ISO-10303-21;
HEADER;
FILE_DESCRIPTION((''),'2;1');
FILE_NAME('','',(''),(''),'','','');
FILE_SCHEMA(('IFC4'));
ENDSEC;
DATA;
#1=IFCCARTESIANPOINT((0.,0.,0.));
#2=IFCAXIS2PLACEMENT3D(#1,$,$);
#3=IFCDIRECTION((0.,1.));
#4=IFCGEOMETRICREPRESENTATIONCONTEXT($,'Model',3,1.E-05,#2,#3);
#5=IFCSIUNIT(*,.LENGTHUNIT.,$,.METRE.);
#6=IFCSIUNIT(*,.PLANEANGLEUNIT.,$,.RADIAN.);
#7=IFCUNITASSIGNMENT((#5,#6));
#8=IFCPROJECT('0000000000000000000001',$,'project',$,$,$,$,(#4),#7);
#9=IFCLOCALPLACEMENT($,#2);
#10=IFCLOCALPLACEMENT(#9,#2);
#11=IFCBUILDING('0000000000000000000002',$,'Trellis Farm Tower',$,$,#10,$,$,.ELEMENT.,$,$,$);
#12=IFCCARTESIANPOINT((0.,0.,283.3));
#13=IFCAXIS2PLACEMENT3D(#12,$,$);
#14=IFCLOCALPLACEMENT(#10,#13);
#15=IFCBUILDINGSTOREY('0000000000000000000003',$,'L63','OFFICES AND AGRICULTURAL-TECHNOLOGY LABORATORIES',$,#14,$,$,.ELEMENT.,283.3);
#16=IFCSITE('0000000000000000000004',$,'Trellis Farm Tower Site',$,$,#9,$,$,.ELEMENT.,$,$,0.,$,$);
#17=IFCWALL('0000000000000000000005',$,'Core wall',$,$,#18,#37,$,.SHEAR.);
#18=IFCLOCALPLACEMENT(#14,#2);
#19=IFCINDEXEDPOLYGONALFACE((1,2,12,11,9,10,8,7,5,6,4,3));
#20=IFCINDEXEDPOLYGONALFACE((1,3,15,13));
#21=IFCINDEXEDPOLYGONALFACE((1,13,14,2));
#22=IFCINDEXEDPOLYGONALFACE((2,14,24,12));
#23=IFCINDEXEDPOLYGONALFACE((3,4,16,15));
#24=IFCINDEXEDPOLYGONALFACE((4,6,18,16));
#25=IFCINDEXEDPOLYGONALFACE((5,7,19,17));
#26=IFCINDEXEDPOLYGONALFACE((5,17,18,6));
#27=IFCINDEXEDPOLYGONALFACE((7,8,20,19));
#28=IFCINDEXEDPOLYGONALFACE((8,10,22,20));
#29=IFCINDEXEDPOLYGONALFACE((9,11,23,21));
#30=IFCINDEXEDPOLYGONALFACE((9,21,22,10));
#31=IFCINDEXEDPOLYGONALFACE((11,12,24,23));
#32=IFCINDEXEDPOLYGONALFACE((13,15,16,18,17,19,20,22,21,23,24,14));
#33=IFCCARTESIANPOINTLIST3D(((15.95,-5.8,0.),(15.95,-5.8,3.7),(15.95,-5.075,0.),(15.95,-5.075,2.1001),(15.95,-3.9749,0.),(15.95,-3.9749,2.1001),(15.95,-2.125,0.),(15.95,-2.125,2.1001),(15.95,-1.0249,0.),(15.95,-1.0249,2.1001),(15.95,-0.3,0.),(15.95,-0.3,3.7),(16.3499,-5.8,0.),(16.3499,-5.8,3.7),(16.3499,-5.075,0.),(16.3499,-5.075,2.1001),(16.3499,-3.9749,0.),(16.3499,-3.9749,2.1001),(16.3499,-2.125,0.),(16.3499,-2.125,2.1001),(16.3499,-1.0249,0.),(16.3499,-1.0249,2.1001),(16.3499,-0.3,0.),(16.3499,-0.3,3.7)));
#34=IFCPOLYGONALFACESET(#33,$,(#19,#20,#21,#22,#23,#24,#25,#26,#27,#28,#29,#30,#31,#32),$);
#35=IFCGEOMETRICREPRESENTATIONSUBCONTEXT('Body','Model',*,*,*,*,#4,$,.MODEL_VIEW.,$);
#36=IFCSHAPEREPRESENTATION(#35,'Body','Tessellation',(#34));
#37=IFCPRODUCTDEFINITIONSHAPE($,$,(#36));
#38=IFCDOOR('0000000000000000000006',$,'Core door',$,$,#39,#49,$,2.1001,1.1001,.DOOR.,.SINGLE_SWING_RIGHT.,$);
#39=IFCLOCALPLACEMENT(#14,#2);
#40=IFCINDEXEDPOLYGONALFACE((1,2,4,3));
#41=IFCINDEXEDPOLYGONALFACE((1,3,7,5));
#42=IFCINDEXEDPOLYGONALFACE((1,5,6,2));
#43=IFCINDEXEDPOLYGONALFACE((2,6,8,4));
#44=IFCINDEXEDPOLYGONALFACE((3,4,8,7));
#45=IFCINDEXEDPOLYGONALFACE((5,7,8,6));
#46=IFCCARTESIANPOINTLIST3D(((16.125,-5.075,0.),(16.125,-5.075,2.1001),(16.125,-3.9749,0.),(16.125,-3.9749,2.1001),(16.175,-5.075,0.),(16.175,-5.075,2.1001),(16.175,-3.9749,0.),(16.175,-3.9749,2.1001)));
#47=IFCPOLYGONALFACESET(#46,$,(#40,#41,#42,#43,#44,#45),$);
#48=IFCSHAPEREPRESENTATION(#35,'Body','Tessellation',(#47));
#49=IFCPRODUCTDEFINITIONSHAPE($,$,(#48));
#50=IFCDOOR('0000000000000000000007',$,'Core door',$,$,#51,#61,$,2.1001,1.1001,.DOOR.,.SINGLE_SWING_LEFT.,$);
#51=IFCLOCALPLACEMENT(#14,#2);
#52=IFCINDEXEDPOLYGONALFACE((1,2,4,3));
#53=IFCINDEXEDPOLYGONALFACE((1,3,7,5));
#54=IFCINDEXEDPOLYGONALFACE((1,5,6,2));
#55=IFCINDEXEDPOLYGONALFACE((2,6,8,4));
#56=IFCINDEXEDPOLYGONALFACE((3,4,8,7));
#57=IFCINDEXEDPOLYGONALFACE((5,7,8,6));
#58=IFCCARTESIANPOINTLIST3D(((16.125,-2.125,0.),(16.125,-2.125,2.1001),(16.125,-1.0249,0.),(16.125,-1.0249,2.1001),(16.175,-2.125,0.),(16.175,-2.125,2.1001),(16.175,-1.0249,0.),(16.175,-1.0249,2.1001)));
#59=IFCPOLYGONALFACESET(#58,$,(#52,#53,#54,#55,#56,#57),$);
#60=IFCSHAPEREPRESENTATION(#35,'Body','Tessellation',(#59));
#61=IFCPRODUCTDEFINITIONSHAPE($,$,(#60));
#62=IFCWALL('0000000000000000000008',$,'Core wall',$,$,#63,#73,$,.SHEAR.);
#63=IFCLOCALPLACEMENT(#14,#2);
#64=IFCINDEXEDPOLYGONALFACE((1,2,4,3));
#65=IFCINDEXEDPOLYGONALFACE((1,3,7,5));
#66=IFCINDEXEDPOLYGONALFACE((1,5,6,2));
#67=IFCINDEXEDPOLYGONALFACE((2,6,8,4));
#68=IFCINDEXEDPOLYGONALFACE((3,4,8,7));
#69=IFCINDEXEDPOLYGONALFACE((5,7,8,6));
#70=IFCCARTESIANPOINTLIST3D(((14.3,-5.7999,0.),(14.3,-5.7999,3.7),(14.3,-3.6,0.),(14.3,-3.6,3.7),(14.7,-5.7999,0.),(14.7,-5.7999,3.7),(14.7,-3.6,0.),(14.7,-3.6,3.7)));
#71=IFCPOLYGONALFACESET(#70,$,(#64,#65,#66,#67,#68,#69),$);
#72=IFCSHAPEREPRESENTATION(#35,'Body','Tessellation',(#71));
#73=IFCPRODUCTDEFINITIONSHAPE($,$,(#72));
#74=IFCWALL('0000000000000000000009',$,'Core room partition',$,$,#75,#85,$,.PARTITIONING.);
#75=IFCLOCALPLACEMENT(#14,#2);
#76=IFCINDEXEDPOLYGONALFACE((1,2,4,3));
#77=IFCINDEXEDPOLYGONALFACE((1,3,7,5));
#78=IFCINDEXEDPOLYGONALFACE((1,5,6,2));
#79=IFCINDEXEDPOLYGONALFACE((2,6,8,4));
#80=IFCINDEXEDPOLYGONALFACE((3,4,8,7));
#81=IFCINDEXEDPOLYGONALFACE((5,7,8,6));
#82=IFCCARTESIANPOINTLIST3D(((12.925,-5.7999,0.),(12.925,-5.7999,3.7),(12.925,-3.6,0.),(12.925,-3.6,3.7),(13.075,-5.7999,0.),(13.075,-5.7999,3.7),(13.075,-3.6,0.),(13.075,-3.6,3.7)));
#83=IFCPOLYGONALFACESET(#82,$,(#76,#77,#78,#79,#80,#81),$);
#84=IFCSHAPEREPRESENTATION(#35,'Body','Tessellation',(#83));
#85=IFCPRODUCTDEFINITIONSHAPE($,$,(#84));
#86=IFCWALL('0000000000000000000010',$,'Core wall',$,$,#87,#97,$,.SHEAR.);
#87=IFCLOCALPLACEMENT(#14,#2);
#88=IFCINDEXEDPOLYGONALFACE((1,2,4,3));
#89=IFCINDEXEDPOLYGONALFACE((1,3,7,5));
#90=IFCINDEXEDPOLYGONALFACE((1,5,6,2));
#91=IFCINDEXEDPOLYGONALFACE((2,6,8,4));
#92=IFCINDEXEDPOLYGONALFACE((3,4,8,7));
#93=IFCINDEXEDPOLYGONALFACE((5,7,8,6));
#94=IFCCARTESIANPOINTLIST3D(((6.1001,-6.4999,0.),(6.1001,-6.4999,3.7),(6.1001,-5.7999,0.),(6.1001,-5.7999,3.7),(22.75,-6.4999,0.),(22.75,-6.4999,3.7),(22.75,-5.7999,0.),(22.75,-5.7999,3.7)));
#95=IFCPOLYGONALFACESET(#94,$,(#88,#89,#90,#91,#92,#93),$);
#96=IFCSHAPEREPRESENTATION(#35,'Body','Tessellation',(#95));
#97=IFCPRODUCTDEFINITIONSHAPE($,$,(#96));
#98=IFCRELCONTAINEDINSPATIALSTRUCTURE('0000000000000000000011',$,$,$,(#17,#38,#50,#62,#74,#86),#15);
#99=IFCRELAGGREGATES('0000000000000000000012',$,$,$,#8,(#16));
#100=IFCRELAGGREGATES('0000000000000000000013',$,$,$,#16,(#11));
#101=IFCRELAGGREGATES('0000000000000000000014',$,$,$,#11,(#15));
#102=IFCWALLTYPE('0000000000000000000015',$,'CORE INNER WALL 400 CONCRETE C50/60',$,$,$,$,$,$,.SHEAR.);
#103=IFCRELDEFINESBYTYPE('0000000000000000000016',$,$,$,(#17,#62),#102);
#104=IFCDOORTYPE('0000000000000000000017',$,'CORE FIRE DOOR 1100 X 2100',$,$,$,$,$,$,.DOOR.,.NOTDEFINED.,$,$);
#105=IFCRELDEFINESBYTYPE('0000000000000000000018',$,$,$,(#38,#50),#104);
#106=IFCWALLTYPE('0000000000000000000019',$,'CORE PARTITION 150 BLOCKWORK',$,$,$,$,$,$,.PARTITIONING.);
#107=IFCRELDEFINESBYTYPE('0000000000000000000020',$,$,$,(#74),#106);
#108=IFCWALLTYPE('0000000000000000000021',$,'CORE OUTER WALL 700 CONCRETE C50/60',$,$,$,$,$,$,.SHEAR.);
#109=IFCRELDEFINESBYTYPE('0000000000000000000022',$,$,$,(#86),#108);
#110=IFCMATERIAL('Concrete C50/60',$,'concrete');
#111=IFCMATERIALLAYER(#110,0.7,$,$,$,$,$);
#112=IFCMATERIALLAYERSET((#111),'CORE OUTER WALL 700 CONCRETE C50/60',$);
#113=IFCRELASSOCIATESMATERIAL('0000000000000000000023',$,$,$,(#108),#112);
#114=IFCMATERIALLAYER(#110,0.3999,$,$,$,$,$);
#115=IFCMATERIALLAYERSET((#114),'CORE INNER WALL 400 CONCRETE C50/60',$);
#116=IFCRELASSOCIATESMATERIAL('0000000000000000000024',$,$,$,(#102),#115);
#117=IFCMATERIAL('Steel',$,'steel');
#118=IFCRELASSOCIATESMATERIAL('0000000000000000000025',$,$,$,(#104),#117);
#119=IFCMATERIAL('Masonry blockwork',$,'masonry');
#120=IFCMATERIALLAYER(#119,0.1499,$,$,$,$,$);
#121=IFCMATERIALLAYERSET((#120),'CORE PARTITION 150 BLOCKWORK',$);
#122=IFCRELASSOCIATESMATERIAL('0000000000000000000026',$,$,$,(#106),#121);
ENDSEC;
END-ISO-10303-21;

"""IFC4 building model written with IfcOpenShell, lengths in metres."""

from ifc_helpers import new_model, si_unit, direction, frame, frame_2d, origin, place, context, subcontext, project, spatial, rectangle, extrude, source, transform, mapped, material, layer, layer_set, type_object, element, fill, save


model = new_model("IFC4")

# Units and contexts
model_context = context("Model", 3, precision=1e-05, world=origin(), true_north=direction((0.0, 1.0)))
body_context = subcontext(model_context, "Body", "Model", "MODEL_VIEW")
ifc_project = project(units=[si_unit("LENGTHUNIT", "METRE"), si_unit("PLANEANGLEUNIT", "RADIAN")], contexts=[model_context])

# Site, building, storey
site_placement = place(None, origin())
site = spatial("IfcSite", under=ifc_project, at=site_placement, Name="Trellis Farm Tower Site", CompositionType="ELEMENT", RefElevation=0.0)
building_placement = place(site_placement, origin())
building = spatial("IfcBuilding", under=site, at=building_placement, Name="Trellis Farm Tower", CompositionType="ELEMENT")
storey_placement = place(building_placement, frame((0.0, 0.0, 283.3)))
storey = spatial("IfcBuildingStorey", under=building, at=storey_placement, Name="L63", Description="OFFICES AND AGRICULTURAL-TECHNOLOGY LABORATORIES", CompositionType="ELEMENT", Elevation=283.3)

# Shared definitions
ifc_material_1 = material(Name="Concrete C50/60", Category="concrete")
ifc_layer_1 = layer(ifc_material_1, 0.7)
ifc_layer_set_1 = layer_set([ifc_layer_1], Name="CORE OUTER WALL 700 CONCRETE C50/60")
wall_type_1 = type_object("IfcWallType", Name="CORE OUTER WALL 700 CONCRETE C50/60", PredefinedType="SHEAR", material=ifc_layer_set_1)
ifc_material_2 = material(Name="Steel", Category="steel")

# Wall, openings, doors
ifc_layer_2 = layer(ifc_material_1, 0.3999)
ifc_layer_set_2 = layer_set([ifc_layer_2], Name="CORE INNER WALL 400 CONCRETE C50/60")
wall_type_2 = type_object("IfcWallType", Name="CORE INNER WALL 400 CONCRETE C50/60", PredefinedType="SHEAR", material=ifc_layer_set_2)
shared_shape_1 = source(origin(), body_context, "Body", "SweptSolid", [
    extrude(rectangle(XDim=5.5, YDim=0.3999, at=frame_2d((2.75, 0.0))), origin(), (0.0, 0.0, 1.0), 3.7),
])
wall_1_placement = place(storey_placement, frame((16.1499, -5.8, 0.0), z_axis=(0.0, 0.0, 1.0), x_axis=(0.0, 1.0, 0.0)))
wall_1 = element("IfcWall", 1, at=wall_1_placement, inside=storey, type_object=wall_type_2, Name="Core wall", PredefinedType="SHEAR", context=body_context, shape_type="MappedRepresentation", body=[
    mapped(shared_shape_1, transform((0.0, 0.0, 0.0))),
])
shared_shape_2 = source(origin(), body_context, "Body", "SweptSolid", [
    extrude(rectangle(XDim=1.1001, YDim=2.1001, at=frame_2d((0.55, 1.05))), frame((0.0, 0.21, 0.0), z_axis=(0.0, -1.0, 0.0), x_axis=(1.0, 0.0, 0.0)), (0.0, 0.0, 1.0), 0.4199),
])
opening_1_placement = place(wall_1_placement, frame((0.7251, 0.0, 0.0)))
opening_1 = element("IfcOpeningElement", 2, at=opening_1_placement, cuts=wall_1, PredefinedType="OPENING", context=body_context, shape_type="MappedRepresentation", body=[
    mapped(shared_shape_2, transform((0.0, 0.0, 0.0))),
])
opening_2_placement = place(wall_1_placement, frame((3.675, 0.0, 0.0)))
opening_2 = element("IfcOpeningElement", 3, at=opening_2_placement, cuts=wall_1, PredefinedType="OPENING", context=body_context, shape_type="MappedRepresentation", body=[
    mapped(shared_shape_2, transform((0.0, 0.0, 0.0))),
])
door_type_1 = type_object("IfcDoorType", Name="CORE FIRE DOOR 1100 X 2100", OperationType="NOTDEFINED", PredefinedType="DOOR", material=ifc_material_2)
shared_shape_3 = source(origin(), body_context, "Body", "SweptSolid", [
    extrude(rectangle(XDim=1.1001, YDim=2.1001, at=frame_2d((0.55, 1.05))), frame((0.0, 0.0249, 0.0), z_axis=(0.0, -1.0, 0.0), x_axis=(1.0, 0.0, 0.0)), (0.0, 0.0, 1.0), 0.05),
])
door_1_placement = place(opening_1_placement, origin())
door_1 = element("IfcDoor", 4, at=door_1_placement, inside=storey, type_object=door_type_1, Name="Core door", OperationType="SINGLE_SWING_RIGHT", OverallHeight=2.1001, OverallWidth=1.1001, PredefinedType="DOOR", context=body_context, shape_type="MappedRepresentation", body=[
    mapped(shared_shape_3, transform((0.0, 0.0, 0.0))),
])
fill(opening_1, door_1)
door_2_placement = place(opening_2_placement, origin())
door_2 = element("IfcDoor", 5, at=door_2_placement, inside=storey, type_object=door_type_1, Name="Core door", OperationType="SINGLE_SWING_LEFT", OverallHeight=2.1001, OverallWidth=1.1001, PredefinedType="DOOR", context=body_context, shape_type="MappedRepresentation", body=[
    mapped(shared_shape_3, transform((0.0, 0.0, 0.0))),
])
fill(opening_2, door_2)

# Walls
shared_shape_4 = source(origin(), body_context, "Body", "SweptSolid", [
    extrude(rectangle(XDim=2.2, YDim=0.3999, at=frame_2d((1.1001, 0.0))), origin(), (0.0, 0.0, 1.0), 3.7),
])
wall_2_placement = place(storey_placement, frame((14.5, -5.8, 0.0), z_axis=(0.0, 0.0, 1.0), x_axis=(0.0, 1.0, 0.0)))
element("IfcWall", 6, at=wall_2_placement, inside=storey, type_object=wall_type_2, Name="Core wall", PredefinedType="SHEAR", context=body_context, shape_type="MappedRepresentation", body=[
    mapped(shared_shape_4, transform((0.0, 0.0, 0.0))),
])
ifc_material_3 = material(Name="Masonry blockwork", Category="masonry")
ifc_layer_3 = layer(ifc_material_3, 0.1499)
ifc_layer_set_3 = layer_set([ifc_layer_3], Name="CORE PARTITION 150 BLOCKWORK")
wall_type_3 = type_object("IfcWallType", Name="CORE PARTITION 150 BLOCKWORK", PredefinedType="PARTITIONING", material=ifc_layer_set_3)
shared_shape_5 = source(origin(), body_context, "Body", "SweptSolid", [
    extrude(rectangle(XDim=2.2, YDim=0.1499, at=frame_2d((1.1001, 0.0))), origin(), (0.0, 0.0, 1.0), 3.7),
])
wall_3_placement = place(storey_placement, frame((13.0, -5.8, 0.0), z_axis=(0.0, 0.0, 1.0), x_axis=(0.0, 1.0, 0.0)))
element("IfcWall", 7, at=wall_3_placement, inside=storey, type_object=wall_type_3, Name="Core room partition", PredefinedType="PARTITIONING", context=body_context, shape_type="MappedRepresentation", body=[
    mapped(shared_shape_5, transform((0.0, 0.0, 0.0))),
])
shared_shape_6 = source(origin(), body_context, "Body", "SweptSolid", [
    extrude(rectangle(XDim=16.6499, YDim=0.7, at=frame_2d((8.325, 0.0))), origin(), (0.0, 0.0, 1.0), 3.7),
])
wall_4_placement = place(storey_placement, frame((6.1001, -6.1499, 0.0), z_axis=(0.0, 0.0, 1.0), x_axis=(1.0, 0.0, 0.0)))
element("IfcWall", 8, at=wall_4_placement, inside=storey, type_object=wall_type_1, Name="Core wall", PredefinedType="SHEAR", context=body_context, shape_type="MappedRepresentation", body=[
    mapped(shared_shape_6, transform((0.0, 0.0, 0.0))),
])

save(model, "model.ifc")
